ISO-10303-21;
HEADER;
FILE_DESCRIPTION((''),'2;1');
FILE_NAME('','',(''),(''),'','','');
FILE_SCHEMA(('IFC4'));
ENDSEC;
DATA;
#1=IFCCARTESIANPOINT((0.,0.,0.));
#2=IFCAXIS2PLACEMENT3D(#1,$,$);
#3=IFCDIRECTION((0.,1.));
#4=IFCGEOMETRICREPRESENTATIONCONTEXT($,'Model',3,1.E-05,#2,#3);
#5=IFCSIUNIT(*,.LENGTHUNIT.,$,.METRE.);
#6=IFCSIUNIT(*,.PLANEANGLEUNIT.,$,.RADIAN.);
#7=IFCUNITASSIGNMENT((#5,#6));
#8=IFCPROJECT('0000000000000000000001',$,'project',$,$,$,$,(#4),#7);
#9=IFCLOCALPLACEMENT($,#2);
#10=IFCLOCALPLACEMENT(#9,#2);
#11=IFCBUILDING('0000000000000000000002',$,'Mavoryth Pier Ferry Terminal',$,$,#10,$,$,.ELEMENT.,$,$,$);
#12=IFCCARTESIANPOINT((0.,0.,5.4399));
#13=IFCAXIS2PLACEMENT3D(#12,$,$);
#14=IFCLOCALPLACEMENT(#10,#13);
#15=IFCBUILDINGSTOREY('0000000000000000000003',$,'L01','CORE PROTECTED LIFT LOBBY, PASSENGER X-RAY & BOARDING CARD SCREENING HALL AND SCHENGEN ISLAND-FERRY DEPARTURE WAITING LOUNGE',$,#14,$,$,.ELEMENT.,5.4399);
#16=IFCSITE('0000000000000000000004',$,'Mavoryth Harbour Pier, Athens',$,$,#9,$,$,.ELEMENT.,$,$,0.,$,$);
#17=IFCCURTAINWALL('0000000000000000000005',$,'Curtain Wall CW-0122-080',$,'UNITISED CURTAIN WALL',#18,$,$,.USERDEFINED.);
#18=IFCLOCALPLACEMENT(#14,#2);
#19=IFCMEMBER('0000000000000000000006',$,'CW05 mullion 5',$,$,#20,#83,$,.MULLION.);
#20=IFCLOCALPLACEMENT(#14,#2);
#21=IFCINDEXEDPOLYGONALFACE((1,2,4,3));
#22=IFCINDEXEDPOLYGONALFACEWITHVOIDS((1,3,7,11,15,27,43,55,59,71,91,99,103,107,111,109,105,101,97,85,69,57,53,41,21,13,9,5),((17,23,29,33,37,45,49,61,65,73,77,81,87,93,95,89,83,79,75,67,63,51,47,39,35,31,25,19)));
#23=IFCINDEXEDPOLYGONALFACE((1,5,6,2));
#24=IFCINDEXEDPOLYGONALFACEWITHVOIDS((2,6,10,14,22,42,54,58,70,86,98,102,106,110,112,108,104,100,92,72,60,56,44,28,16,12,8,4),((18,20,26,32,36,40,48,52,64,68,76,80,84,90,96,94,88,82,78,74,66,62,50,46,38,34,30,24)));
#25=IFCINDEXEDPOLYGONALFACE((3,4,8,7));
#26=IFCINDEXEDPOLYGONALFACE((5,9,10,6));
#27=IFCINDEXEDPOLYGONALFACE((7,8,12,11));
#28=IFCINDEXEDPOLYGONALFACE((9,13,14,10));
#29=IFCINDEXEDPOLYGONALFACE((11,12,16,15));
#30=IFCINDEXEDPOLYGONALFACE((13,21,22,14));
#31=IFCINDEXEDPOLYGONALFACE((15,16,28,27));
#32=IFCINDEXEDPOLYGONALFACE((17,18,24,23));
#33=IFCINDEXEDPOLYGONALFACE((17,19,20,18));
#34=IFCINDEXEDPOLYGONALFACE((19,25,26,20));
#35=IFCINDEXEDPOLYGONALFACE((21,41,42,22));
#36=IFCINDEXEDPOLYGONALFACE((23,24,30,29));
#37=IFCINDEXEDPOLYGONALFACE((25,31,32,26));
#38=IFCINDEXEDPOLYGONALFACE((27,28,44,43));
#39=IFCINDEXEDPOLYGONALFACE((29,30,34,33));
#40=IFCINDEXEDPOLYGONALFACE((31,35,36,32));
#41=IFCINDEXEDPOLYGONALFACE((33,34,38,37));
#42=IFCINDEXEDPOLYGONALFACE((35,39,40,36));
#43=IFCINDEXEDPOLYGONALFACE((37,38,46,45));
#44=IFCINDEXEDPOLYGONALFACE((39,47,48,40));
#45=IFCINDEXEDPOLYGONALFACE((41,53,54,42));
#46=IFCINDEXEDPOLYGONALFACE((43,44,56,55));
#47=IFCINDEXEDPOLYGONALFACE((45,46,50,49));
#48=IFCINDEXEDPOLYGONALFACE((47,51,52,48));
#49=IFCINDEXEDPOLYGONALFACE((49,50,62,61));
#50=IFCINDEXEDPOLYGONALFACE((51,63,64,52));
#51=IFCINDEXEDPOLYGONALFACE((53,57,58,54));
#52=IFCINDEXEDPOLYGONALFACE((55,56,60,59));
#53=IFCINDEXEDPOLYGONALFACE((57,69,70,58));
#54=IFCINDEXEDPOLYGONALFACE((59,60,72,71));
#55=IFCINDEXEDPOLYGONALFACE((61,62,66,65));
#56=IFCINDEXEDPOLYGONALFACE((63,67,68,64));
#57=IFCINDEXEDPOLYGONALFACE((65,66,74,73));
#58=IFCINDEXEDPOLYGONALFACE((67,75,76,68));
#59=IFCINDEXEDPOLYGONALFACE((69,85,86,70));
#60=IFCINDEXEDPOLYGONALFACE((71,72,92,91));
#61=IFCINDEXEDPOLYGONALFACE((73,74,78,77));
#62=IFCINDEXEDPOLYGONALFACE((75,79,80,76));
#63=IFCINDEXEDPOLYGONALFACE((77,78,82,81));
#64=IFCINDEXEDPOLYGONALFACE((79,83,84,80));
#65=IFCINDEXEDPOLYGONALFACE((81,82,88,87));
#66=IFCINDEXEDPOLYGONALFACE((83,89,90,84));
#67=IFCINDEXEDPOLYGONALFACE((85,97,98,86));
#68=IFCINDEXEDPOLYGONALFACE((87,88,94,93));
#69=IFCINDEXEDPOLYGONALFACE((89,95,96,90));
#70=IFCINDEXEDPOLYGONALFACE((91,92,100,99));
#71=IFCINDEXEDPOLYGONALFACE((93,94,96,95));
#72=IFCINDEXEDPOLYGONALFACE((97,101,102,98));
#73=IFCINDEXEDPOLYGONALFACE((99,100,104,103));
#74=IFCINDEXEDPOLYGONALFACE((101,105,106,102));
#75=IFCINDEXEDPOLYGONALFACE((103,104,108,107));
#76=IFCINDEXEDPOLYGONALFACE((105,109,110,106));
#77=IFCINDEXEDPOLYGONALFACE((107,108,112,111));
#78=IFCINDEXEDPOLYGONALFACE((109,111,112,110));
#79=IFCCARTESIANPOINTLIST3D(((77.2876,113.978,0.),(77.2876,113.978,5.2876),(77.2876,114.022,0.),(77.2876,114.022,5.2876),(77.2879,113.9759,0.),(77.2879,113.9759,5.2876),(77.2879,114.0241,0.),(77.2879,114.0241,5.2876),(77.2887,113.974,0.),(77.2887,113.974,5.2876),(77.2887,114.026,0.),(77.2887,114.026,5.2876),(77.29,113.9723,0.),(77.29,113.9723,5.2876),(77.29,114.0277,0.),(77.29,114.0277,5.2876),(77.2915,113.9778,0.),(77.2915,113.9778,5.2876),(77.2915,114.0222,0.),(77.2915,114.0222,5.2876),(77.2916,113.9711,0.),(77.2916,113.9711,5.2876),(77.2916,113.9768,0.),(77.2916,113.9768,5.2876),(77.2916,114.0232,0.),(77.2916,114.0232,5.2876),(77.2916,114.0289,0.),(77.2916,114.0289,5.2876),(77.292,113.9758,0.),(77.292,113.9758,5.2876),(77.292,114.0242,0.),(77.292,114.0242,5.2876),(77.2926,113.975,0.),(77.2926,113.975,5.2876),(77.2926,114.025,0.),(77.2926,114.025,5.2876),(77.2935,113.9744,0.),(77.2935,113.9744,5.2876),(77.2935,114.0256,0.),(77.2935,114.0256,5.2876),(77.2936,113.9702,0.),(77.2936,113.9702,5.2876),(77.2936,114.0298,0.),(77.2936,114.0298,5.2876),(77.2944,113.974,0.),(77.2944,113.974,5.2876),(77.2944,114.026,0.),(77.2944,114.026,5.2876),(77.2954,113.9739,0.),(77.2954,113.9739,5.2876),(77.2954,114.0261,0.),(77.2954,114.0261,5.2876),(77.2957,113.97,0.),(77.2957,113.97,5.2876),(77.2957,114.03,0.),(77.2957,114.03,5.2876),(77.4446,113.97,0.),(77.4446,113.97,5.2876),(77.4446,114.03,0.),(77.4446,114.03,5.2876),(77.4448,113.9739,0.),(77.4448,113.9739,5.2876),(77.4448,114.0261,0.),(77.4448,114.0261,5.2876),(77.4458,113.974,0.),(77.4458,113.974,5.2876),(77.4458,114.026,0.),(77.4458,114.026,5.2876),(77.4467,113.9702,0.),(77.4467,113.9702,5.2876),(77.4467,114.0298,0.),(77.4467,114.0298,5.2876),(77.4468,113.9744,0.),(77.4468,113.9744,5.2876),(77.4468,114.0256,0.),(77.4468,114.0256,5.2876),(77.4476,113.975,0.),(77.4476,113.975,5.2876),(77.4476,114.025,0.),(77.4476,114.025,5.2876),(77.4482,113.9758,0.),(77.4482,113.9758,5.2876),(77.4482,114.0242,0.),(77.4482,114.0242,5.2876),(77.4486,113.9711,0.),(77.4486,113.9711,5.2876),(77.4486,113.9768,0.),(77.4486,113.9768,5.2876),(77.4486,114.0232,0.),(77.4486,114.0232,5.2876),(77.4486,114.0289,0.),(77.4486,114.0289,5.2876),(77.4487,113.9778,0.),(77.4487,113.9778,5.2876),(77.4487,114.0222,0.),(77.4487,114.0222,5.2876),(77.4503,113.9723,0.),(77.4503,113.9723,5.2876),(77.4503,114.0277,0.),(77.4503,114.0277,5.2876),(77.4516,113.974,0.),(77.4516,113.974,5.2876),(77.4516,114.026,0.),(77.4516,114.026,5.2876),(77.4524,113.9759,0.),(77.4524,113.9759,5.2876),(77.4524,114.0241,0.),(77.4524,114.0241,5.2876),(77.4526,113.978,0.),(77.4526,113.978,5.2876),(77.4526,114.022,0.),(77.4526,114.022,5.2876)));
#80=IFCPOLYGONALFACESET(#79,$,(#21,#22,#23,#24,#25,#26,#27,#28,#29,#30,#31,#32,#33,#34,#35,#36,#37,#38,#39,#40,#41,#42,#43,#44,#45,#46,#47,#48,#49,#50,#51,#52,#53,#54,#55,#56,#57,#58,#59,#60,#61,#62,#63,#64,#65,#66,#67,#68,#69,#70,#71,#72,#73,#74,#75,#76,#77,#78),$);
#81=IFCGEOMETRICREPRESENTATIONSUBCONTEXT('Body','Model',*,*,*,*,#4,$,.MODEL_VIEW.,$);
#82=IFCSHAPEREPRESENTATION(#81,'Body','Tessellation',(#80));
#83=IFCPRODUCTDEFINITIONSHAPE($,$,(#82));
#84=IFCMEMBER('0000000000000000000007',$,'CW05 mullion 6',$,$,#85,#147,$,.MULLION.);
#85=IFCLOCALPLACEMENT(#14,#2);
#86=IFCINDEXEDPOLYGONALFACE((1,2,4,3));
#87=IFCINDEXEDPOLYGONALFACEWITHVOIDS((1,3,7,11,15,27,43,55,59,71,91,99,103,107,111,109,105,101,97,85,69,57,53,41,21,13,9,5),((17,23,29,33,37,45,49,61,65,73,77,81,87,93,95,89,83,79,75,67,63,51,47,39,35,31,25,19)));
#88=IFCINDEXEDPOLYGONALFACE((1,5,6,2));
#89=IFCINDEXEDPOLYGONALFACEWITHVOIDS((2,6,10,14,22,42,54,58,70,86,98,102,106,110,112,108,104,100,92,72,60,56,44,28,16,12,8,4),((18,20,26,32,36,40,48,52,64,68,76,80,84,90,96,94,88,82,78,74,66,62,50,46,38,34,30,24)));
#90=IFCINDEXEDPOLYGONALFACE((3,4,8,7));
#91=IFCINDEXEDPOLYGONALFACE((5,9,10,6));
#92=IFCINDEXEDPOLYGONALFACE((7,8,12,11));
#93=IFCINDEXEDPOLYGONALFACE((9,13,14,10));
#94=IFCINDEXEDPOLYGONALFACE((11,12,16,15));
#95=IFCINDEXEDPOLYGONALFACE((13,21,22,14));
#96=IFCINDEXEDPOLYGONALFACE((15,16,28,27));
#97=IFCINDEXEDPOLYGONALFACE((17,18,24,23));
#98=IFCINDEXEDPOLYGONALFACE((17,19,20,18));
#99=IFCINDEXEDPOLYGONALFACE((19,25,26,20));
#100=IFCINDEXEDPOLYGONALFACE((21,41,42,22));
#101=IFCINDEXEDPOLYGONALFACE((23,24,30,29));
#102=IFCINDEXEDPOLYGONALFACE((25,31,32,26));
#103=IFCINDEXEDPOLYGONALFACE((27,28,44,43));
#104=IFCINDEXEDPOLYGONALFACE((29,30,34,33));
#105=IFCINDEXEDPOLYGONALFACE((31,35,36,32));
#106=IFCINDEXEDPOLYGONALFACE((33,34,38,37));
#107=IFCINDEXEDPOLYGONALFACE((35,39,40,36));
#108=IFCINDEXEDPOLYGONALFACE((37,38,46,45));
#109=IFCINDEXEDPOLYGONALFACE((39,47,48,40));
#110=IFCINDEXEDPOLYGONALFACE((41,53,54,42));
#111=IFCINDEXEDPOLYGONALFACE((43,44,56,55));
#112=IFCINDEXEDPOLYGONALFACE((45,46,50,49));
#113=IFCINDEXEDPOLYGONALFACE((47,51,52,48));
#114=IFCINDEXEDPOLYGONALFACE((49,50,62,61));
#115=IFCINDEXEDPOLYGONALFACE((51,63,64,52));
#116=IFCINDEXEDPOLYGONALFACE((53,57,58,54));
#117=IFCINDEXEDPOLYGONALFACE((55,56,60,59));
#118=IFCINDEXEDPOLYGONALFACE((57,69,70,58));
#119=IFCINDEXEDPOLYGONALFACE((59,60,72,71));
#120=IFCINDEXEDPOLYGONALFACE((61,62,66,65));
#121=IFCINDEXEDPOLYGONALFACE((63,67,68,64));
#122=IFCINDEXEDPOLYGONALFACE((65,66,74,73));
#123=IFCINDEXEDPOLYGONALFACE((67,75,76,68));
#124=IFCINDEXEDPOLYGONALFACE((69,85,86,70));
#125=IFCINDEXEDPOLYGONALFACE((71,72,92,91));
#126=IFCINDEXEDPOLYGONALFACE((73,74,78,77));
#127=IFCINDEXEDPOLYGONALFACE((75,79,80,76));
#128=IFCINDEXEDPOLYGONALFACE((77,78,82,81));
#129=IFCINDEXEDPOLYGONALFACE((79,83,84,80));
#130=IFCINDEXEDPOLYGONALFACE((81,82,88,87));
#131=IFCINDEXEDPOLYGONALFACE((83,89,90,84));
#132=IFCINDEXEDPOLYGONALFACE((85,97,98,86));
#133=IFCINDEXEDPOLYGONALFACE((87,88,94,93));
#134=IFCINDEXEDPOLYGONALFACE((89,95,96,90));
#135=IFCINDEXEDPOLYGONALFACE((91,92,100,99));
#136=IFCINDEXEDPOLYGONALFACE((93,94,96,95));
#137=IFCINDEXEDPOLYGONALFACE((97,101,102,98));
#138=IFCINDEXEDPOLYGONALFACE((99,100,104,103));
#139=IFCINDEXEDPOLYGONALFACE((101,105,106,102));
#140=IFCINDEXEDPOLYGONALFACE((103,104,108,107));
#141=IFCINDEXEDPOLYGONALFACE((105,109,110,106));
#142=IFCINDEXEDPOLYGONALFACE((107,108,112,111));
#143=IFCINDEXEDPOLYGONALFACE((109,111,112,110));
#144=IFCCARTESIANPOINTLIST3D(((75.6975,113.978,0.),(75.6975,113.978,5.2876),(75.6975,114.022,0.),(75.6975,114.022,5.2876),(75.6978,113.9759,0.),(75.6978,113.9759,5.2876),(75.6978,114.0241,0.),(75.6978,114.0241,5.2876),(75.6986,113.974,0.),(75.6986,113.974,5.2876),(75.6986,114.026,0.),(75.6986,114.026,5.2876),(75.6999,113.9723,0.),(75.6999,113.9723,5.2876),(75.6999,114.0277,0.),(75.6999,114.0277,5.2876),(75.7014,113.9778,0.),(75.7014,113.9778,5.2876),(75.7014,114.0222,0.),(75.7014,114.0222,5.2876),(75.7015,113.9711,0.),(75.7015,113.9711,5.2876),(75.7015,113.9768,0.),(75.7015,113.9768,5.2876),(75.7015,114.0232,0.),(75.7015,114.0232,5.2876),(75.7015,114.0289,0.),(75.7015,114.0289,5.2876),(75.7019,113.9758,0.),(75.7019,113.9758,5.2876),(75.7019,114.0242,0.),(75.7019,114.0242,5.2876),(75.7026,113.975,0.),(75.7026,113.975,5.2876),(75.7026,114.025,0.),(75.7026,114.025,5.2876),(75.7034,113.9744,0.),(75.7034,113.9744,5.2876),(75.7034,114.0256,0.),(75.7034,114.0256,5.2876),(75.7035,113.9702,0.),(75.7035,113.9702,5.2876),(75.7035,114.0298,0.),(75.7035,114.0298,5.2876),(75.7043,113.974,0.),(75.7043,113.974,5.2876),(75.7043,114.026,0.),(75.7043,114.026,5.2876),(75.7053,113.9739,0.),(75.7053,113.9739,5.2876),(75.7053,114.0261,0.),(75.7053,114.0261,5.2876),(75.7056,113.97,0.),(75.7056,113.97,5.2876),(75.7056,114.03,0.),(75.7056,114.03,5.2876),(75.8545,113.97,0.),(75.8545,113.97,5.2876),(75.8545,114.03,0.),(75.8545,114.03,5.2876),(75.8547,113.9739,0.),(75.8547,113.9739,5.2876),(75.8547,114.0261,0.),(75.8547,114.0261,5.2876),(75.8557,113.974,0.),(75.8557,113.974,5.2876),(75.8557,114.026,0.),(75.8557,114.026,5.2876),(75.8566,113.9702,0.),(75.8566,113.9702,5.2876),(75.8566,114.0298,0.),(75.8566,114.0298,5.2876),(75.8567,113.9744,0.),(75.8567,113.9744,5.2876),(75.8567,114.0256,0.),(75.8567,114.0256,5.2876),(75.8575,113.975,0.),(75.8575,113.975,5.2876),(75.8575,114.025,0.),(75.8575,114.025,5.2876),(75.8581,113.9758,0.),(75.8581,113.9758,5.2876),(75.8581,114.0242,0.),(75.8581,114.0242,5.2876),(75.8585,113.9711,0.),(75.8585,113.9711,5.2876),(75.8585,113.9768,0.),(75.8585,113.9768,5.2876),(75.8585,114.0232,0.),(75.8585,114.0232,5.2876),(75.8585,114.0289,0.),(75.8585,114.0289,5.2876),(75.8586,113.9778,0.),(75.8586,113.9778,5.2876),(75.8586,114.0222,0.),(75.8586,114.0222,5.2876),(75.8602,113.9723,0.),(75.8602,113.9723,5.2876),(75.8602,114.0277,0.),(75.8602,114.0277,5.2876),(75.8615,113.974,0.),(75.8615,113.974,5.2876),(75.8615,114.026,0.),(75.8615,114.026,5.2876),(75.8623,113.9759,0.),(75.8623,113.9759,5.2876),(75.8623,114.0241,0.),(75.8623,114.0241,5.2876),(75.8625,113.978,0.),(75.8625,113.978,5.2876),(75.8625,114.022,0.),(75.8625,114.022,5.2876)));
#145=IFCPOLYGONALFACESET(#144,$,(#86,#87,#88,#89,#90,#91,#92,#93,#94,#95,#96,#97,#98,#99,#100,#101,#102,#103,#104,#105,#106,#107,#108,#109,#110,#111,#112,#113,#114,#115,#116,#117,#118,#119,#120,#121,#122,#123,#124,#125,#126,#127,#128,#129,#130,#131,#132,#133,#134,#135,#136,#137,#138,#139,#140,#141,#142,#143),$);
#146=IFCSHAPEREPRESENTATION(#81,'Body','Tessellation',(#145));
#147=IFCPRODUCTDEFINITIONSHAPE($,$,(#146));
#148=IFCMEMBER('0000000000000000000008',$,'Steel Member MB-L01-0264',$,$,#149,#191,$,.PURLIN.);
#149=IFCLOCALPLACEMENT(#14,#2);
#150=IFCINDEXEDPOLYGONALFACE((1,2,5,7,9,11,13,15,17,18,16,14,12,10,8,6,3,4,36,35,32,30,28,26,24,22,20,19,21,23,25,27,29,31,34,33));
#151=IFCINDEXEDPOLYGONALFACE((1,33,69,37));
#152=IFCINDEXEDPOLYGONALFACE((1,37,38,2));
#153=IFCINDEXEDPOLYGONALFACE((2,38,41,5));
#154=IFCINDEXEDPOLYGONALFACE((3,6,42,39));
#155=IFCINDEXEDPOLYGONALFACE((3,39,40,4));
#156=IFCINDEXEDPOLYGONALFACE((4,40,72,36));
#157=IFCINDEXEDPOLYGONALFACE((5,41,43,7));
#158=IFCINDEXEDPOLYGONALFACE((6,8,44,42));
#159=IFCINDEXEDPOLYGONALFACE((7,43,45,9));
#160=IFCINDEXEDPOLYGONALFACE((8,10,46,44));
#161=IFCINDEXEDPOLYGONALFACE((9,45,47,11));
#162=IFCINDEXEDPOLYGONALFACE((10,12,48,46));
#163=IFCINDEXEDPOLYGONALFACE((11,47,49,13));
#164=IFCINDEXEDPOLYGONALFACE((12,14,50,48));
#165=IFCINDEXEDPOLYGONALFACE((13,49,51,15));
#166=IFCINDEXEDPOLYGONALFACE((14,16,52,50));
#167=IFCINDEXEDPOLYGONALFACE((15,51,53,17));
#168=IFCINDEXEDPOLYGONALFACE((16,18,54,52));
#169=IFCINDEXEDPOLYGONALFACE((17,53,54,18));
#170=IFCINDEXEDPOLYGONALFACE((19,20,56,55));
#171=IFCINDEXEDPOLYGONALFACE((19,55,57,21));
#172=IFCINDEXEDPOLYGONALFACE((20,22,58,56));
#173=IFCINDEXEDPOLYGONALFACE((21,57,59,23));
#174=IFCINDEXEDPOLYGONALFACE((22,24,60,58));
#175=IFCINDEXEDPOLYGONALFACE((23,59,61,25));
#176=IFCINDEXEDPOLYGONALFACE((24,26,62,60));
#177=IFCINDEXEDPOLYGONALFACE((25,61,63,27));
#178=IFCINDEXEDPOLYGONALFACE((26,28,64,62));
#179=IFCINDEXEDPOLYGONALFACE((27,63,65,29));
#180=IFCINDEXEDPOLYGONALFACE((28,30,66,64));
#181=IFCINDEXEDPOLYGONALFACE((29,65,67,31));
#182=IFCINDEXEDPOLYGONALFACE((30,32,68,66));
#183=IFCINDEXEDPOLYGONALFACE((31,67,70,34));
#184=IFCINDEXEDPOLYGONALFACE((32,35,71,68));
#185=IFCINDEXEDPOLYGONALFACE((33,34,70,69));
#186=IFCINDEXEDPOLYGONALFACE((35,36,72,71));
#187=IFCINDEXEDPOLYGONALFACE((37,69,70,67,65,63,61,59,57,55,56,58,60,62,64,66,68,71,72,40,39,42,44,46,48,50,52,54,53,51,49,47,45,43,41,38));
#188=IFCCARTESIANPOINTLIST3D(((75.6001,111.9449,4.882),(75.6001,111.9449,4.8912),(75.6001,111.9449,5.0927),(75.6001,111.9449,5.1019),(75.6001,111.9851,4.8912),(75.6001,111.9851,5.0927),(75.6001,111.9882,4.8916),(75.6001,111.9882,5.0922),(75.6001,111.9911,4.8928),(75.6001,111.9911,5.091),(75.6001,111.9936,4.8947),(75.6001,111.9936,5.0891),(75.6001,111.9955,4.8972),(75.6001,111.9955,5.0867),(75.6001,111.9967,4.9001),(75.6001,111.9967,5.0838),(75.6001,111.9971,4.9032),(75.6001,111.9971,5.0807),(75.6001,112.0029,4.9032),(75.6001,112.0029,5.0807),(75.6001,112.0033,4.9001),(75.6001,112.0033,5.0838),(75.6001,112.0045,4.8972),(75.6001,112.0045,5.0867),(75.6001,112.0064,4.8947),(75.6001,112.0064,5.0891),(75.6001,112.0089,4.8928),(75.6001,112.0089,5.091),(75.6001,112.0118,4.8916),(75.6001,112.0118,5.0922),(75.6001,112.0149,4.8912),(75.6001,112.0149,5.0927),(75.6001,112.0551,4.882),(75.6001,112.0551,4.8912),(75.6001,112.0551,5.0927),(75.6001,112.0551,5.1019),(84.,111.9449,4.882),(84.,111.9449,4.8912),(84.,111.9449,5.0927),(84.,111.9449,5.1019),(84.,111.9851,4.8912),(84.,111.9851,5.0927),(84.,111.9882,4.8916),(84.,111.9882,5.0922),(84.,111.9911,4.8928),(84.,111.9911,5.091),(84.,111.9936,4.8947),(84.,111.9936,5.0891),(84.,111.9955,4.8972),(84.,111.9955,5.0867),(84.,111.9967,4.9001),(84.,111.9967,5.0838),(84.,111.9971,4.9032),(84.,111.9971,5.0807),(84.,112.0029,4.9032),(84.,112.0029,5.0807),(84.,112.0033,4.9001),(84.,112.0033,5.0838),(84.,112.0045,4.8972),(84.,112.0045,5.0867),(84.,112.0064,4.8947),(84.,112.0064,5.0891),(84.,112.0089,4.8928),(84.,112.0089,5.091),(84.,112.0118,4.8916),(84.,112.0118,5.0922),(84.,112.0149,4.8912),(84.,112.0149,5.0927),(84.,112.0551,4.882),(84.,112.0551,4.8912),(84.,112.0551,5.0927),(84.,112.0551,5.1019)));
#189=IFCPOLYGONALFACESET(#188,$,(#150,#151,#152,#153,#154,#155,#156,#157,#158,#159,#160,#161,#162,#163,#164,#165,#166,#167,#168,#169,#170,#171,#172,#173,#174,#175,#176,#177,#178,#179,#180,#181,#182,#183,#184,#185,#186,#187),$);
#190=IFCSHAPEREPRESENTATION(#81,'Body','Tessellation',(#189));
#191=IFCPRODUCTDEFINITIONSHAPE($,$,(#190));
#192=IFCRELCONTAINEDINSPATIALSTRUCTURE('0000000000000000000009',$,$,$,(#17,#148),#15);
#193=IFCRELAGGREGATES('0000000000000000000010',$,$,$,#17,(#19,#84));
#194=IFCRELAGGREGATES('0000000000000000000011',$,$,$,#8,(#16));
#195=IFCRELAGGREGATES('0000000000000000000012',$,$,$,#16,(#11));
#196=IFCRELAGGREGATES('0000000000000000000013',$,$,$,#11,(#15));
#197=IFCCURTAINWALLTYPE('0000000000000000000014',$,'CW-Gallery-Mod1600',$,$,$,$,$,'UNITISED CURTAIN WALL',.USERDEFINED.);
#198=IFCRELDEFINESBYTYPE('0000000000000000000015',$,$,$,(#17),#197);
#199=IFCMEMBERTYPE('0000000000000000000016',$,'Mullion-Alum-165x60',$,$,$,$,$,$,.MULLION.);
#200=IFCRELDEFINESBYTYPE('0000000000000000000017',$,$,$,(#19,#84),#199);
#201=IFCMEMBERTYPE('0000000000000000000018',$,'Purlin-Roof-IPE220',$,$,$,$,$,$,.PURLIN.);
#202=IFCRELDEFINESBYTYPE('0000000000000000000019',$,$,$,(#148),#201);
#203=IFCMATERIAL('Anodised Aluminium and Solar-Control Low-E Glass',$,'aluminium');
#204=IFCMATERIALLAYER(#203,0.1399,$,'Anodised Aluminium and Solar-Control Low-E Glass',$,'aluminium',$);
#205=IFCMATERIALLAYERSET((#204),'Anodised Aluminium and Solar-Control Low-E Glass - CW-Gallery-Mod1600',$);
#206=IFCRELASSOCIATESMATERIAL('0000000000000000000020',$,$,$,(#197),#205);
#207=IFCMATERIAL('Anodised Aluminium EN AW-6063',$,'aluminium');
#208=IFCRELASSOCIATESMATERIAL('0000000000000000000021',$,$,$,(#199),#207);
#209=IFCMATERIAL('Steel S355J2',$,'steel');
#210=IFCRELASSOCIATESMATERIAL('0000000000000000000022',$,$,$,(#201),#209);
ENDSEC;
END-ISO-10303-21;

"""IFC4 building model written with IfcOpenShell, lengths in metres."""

from ifc_helpers import new_model, si_unit, direction, frame, origin, origin_2d, place, context, subcontext, project, spatial, hollow_rectangle, i_section, extrude, material, layer, layer_set, material_profile, profile_set, type_object, element, aggregate, save


model = new_model("IFC4")

# Units and contexts
model_context = context("Model", 3, precision=1e-05, world=origin(), true_north=direction((0.0, 1.0)))
body_context = subcontext(model_context, "Body", "Model", "MODEL_VIEW")
ifc_project = project(units=[si_unit("LENGTHUNIT", "METRE"), si_unit("PLANEANGLEUNIT", "RADIAN")], contexts=[model_context])

# Site, building, storey
site_placement = place(None, origin())
site = spatial("IfcSite", under=ifc_project, at=site_placement, Name="Mavoryth Harbour Pier, Athens", CompositionType="ELEMENT", RefElevation=0.0)
building_placement = place(site_placement, origin())
building = spatial("IfcBuilding", under=site, at=building_placement, Name="Mavoryth Pier Ferry Terminal", CompositionType="ELEMENT")
storey_placement = place(building_placement, frame((0.0, 0.0, 5.4399)))
storey = spatial("IfcBuildingStorey", under=building, at=storey_placement, Name="L01", Description="CORE PROTECTED LIFT LOBBY, PASSENGER X-RAY & BOARDING CARD SCREENING HALL AND SCHENGEN ISLAND-FERRY DEPARTURE WAITING LOUNGE", CompositionType="ELEMENT", Elevation=5.4399)

# Shared definitions
ifc_material_1 = material(Name="Steel S355J2", Category="steel")

# Curtain wall, members
ifc_material_2 = material(Name="Anodised Aluminium and Solar-Control Low-E Glass", Category="aluminium")
ifc_layer_1 = layer(ifc_material_2, 0.1399, Name="Anodised Aluminium and Solar-Control Low-E Glass", Category="aluminium")
ifc_layer_set_1 = layer_set([ifc_layer_1], Name="Anodised Aluminium and Solar-Control Low-E Glass - CW-Gallery-Mod1600")
curtain_wall_type = type_object("IfcCurtainWallType", Name="CW-Gallery-Mod1600", ElementType="UNITISED CURTAIN WALL", PredefinedType="USERDEFINED", material=ifc_layer_set_1)
ifc_material_3 = material(Name="Anodised Aluminium EN AW-6063", Category="aluminium")
ifc_material_profile_1 = material_profile(ifc_material_3, hollow_rectangle(XDim=0.0601, YDim=0.165, WallThickness=0.0039, InnerFilletRadius=0.0039, OuterFilletRadius=0.0081, at=origin_2d()), Name="AL-MULL 165x60x4", Category="aluminium")
ifc_profile_set_1 = profile_set([ifc_material_profile_1], Name="Anodised Aluminium EN AW-6063 - AL-MULL 165x60x4")
member_type_1 = type_object("IfcMemberType", Name="Mullion-Alum-165x60", PredefinedType="MULLION", material=ifc_profile_set_1)
curtain_wall_1_placement = place(storey_placement, origin())
curtain_wall_1 = element("IfcCurtainWall", 1, at=curtain_wall_1_placement, inside=storey, type_object=curtain_wall_type, Name="Curtain Wall CW-0122-080", ObjectType="UNITISED CURTAIN WALL", PredefinedType="USERDEFINED")
member_1_placement = place(storey_placement, frame((77.3701, 114.0, 0.0), z_axis=(0.0, 0.0, 1.0), x_axis=(0.0, -1.0, 0.0)))
member_1 = element("IfcMember", 2, at=member_1_placement, type_object=member_type_1, Name="CW05 mullion 5", PredefinedType="MULLION", context=body_context, shape_type="SweptSolid", body=[
    extrude(hollow_rectangle(XDim=0.0601, YDim=0.165, WallThickness=0.0039, InnerFilletRadius=0.0039, OuterFilletRadius=0.0081, at=origin_2d()), origin(), (0.0, 0.0, 1.0), 5.2876),
])
member_2_placement = place(storey_placement, frame((75.78, 114.0, 0.0), z_axis=(0.0, 0.0, 1.0), x_axis=(0.0, -1.0, 0.0)))
member_2 = element("IfcMember", 3, at=member_2_placement, type_object=member_type_1, Name="CW05 mullion 6", PredefinedType="MULLION", context=body_context, shape_type="SweptSolid", body=[
    extrude(hollow_rectangle(XDim=0.0601, YDim=0.165, WallThickness=0.0039, InnerFilletRadius=0.0039, OuterFilletRadius=0.0081, at=origin_2d()), origin(), (0.0, 0.0, 1.0), 5.2876),
])

# Member
ifc_material_profile_2 = material_profile(ifc_material_1, i_section(OverallWidth=0.1101, OverallDepth=0.22, WebThickness=0.0059, FlangeThickness=0.0093, FilletRadius=0.012, at=origin_2d()), Name="IPE 220", Category="steel")
ifc_profile_set_2 = profile_set([ifc_material_profile_2], Name="Steel S355J2 - IPE 220")
member_type_2 = type_object("IfcMemberType", Name="Purlin-Roof-IPE220", PredefinedType="PURLIN", material=ifc_profile_set_2)
member_3_placement = place(storey_placement, frame((75.6001, 112.0, 4.9919), z_axis=(1.0, 0.0, 0.0), x_axis=(0.0, 1.0, 0.0)))
element("IfcMember", 4, at=member_3_placement, inside=storey, type_object=member_type_2, Name="Steel Member MB-L01-0264", PredefinedType="PURLIN", context=body_context, shape_type="SweptSolid", body=[
    extrude(i_section(OverallWidth=0.1101, OverallDepth=0.22, WebThickness=0.0059, FlangeThickness=0.0093, FilletRadius=0.012, at=origin_2d()), origin(), (0.0, 0.0, 1.0), 8.3999),
])

aggregate(curtain_wall_1, [member_1, member_2])

save(model, "model.ifc")
